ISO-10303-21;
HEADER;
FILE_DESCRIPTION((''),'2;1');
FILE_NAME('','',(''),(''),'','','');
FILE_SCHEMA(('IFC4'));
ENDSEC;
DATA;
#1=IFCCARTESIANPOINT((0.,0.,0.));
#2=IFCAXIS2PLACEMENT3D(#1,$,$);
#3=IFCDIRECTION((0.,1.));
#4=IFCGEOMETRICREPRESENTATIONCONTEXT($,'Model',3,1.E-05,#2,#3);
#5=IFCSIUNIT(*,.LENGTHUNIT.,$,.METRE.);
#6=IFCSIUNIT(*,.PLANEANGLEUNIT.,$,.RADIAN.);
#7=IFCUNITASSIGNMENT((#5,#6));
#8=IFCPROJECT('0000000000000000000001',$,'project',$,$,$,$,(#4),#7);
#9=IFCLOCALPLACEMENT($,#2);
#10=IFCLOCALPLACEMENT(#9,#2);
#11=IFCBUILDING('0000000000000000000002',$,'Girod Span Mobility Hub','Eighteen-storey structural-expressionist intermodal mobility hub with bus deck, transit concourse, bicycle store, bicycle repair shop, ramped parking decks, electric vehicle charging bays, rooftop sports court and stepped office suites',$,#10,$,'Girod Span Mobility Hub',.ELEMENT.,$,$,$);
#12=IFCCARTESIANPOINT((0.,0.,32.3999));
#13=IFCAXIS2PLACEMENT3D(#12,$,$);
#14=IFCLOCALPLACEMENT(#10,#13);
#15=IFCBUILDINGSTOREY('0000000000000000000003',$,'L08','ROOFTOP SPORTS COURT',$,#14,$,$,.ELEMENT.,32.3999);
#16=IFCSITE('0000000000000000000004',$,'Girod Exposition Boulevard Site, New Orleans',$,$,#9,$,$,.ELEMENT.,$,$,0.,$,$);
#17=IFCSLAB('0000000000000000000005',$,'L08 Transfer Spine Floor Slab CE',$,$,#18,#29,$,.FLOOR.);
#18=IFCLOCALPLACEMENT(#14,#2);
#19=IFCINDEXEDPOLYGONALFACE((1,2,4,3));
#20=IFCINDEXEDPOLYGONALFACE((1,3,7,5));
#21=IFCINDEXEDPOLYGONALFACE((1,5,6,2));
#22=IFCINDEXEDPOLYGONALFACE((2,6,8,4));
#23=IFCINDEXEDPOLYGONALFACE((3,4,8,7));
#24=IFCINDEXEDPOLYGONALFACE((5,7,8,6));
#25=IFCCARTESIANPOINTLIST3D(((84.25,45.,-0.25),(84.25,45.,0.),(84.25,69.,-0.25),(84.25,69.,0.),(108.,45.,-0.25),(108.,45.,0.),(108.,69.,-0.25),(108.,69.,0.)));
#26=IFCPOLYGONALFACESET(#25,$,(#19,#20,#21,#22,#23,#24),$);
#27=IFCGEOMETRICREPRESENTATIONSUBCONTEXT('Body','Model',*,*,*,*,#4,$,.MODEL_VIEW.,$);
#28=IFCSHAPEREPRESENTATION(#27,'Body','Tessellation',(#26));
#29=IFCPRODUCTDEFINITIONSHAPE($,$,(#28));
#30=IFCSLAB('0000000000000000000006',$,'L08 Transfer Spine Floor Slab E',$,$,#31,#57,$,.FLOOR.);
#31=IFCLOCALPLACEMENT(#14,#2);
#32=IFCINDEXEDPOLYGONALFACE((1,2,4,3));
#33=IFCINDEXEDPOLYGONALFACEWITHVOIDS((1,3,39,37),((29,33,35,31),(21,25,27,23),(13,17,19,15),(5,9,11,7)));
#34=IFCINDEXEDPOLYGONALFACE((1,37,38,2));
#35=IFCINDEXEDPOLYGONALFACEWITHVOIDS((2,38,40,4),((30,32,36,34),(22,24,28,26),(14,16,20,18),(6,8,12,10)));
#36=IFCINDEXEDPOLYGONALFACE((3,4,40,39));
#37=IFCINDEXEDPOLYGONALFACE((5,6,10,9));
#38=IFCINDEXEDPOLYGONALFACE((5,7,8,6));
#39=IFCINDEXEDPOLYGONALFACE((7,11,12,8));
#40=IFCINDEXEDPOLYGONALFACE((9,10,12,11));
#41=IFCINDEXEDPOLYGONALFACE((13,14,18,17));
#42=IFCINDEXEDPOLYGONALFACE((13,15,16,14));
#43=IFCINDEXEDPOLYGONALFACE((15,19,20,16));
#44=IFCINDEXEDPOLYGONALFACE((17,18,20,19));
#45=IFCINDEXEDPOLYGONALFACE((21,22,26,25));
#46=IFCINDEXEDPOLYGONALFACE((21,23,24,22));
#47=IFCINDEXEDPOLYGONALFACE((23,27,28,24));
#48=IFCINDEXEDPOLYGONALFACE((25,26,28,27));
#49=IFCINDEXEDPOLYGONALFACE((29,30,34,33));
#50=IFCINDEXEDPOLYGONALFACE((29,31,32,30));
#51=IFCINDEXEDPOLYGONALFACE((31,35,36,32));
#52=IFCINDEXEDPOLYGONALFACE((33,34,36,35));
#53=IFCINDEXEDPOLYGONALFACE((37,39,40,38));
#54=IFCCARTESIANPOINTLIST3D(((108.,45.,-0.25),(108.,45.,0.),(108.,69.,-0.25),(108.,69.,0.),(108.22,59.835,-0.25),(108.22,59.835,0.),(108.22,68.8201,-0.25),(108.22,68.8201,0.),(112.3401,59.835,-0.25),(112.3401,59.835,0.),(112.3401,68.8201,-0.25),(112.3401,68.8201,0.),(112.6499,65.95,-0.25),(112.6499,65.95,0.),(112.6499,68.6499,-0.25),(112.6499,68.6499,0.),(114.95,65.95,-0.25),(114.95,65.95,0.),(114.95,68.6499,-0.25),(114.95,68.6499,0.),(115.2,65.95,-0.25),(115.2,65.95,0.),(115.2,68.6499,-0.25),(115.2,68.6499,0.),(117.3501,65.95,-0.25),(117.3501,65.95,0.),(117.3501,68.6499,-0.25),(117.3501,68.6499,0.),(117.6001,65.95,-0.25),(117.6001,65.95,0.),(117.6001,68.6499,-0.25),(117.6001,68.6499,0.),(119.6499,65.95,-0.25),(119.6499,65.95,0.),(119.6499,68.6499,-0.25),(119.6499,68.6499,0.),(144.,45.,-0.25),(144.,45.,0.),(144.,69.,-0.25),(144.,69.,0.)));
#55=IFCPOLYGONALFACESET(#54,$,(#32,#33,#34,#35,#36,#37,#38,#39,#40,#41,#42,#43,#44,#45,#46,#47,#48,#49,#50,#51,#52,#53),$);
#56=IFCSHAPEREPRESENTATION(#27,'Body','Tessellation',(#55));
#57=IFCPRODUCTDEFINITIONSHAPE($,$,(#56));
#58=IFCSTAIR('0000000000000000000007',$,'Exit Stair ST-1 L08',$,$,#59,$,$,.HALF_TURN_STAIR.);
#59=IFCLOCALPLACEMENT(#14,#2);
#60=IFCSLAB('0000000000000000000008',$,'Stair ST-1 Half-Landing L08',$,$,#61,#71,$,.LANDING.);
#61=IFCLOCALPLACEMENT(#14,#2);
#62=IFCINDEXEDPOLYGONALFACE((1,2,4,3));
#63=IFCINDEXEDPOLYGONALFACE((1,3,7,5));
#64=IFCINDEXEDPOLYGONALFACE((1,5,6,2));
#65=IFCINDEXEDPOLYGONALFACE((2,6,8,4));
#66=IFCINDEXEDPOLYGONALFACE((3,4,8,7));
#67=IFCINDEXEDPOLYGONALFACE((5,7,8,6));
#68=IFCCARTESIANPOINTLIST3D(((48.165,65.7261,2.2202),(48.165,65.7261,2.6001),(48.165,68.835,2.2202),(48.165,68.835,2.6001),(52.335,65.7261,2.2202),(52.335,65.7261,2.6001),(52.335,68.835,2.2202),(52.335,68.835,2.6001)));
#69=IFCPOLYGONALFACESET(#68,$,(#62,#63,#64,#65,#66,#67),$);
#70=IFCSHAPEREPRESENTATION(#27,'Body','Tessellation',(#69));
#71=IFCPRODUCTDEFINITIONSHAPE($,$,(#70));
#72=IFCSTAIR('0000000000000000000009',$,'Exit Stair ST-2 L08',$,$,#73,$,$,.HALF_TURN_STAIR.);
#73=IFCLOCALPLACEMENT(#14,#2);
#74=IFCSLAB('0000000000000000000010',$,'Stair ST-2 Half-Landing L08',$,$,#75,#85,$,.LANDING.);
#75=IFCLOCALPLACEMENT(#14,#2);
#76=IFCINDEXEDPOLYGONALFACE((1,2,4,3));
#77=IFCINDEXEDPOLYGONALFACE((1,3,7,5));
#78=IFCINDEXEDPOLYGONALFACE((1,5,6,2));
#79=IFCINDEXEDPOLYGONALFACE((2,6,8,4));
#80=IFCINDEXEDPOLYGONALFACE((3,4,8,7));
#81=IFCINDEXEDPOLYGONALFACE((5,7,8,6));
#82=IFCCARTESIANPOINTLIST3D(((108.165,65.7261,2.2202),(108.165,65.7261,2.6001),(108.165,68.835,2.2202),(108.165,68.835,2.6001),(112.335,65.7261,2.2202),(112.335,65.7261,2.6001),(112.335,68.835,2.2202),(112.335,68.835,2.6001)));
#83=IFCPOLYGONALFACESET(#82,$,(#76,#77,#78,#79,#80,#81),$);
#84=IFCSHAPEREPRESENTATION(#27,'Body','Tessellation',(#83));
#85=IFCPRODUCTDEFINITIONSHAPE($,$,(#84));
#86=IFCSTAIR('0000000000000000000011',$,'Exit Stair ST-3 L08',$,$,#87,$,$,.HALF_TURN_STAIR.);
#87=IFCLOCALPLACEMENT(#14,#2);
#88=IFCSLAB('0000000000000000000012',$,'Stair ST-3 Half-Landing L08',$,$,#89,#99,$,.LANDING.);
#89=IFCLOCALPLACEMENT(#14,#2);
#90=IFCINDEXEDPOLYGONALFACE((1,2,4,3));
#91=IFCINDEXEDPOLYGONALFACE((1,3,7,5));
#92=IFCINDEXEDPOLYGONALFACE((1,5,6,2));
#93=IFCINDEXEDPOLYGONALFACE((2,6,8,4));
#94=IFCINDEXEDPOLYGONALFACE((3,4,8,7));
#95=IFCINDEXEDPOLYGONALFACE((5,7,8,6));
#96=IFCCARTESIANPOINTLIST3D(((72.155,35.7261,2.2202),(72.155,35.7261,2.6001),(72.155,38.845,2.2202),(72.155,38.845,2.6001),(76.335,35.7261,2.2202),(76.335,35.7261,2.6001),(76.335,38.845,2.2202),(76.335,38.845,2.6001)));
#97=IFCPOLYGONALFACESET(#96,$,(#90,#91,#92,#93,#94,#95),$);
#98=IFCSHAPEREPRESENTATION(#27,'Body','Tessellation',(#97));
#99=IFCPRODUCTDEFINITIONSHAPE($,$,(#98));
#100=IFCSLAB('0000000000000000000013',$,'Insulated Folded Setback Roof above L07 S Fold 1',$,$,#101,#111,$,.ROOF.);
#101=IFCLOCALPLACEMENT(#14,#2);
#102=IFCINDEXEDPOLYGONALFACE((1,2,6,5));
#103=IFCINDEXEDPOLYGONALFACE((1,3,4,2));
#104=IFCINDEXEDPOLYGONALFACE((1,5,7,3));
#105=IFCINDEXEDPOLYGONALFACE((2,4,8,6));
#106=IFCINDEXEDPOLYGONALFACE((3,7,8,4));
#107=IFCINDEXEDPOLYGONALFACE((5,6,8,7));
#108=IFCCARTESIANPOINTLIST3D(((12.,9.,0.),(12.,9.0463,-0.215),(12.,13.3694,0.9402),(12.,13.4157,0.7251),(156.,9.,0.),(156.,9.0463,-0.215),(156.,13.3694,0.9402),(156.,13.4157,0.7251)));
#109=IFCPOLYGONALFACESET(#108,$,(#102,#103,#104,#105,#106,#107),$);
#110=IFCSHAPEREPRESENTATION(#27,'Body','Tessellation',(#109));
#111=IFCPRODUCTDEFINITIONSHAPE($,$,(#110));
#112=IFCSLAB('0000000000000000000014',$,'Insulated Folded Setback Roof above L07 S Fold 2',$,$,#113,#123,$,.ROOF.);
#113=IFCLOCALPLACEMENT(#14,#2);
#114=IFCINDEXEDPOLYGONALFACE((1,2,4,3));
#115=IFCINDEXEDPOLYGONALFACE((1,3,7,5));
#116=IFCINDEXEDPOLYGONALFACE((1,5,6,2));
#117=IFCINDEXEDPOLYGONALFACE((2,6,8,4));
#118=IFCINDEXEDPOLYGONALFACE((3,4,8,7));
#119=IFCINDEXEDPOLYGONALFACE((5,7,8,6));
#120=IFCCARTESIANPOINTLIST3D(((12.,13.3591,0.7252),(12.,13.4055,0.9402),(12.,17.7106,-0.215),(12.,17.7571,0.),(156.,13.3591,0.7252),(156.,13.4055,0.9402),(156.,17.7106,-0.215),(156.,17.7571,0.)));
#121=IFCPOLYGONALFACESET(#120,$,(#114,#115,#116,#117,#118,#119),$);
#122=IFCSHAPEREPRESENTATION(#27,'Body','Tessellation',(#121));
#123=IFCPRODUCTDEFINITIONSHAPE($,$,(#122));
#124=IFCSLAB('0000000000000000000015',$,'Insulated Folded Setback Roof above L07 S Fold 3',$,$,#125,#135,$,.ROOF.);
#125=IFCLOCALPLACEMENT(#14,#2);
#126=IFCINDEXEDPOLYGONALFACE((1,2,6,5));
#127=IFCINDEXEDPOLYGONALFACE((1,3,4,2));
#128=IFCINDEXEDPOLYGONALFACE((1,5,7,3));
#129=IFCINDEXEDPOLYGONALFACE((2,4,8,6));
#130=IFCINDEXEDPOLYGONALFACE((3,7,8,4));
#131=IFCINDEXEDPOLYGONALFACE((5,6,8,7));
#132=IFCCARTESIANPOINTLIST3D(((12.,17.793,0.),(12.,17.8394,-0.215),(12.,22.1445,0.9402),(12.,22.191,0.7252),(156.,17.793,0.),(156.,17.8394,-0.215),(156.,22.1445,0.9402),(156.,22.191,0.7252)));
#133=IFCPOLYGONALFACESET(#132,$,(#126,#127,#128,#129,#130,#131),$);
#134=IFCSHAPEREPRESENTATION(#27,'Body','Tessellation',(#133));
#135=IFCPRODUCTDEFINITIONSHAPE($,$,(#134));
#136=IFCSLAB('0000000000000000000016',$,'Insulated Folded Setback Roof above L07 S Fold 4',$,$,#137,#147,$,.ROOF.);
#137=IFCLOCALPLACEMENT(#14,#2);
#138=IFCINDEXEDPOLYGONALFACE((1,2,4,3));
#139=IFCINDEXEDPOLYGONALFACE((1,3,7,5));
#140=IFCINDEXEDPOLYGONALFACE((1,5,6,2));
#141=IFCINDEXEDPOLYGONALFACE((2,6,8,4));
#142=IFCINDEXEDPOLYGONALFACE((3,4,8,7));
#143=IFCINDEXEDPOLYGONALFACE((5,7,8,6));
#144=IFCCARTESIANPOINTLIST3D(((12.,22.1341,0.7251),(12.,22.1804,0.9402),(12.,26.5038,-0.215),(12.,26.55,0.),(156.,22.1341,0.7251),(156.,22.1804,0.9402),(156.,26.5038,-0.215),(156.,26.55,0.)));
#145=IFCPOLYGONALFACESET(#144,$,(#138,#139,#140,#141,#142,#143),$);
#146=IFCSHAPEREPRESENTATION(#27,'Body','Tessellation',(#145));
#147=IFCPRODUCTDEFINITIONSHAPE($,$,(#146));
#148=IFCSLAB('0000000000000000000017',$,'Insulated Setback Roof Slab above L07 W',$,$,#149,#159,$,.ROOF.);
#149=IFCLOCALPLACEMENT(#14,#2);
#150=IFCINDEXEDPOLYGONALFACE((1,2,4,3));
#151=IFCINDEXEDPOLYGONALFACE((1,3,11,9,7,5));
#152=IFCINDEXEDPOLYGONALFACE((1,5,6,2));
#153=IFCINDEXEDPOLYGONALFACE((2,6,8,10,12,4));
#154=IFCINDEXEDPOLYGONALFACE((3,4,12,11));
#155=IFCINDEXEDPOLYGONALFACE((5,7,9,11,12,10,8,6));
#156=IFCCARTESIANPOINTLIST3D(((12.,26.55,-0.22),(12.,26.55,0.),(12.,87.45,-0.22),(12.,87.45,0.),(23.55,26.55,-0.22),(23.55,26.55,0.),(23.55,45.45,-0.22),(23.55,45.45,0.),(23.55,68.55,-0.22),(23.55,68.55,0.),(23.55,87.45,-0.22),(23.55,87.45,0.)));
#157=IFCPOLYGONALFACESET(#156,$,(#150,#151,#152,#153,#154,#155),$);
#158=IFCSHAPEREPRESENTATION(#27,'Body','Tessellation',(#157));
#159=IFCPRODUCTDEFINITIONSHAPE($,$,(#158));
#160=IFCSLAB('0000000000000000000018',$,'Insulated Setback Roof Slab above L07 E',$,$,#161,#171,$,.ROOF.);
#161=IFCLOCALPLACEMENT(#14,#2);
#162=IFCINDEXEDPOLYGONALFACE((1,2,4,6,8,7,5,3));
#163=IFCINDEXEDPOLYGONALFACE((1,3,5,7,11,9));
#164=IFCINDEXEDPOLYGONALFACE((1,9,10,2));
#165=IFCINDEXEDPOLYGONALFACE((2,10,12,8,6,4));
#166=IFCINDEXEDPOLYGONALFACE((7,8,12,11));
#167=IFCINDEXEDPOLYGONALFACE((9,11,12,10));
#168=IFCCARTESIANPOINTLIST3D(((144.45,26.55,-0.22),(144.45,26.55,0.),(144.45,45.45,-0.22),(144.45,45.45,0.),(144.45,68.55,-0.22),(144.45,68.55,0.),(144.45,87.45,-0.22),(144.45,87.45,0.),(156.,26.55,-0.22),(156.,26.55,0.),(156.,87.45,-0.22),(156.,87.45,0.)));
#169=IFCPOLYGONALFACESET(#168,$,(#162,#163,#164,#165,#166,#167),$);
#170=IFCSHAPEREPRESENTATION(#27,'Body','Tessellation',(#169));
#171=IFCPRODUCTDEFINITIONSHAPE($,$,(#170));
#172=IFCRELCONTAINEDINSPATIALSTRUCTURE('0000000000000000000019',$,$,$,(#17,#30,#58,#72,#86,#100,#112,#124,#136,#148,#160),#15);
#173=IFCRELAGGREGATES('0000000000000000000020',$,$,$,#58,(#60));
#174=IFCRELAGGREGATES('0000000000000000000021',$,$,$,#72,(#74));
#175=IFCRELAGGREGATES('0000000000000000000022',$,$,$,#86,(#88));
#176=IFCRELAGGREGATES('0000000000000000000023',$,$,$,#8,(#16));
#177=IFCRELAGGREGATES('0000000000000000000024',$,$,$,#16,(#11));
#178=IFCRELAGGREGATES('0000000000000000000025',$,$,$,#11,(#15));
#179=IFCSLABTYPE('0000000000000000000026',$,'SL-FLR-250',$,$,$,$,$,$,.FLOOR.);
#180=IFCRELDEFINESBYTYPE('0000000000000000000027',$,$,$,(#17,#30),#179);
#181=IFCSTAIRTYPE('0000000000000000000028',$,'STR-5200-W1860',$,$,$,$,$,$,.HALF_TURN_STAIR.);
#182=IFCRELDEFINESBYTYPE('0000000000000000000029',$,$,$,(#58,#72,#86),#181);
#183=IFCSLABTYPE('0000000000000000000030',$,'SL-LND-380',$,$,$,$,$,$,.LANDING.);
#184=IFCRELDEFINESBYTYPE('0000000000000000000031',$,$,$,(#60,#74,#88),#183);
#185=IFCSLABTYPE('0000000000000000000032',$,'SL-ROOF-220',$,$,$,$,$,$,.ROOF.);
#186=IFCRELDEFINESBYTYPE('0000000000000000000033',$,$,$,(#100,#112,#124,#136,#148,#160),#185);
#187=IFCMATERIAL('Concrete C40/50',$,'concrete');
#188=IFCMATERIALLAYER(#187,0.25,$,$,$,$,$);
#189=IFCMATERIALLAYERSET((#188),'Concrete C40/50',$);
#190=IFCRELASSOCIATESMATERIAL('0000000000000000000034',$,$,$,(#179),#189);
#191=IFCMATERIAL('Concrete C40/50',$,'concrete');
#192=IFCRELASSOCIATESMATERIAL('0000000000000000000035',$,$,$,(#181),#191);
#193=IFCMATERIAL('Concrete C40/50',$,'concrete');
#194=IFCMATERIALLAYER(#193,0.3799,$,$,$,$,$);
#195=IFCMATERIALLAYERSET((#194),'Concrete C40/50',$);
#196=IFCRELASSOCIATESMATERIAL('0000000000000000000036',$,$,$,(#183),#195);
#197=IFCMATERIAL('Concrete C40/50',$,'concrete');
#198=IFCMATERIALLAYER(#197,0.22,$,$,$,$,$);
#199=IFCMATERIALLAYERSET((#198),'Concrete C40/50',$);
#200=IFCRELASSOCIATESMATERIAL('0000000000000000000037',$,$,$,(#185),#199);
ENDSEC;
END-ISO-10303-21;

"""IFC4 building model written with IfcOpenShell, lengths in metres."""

from ifc_helpers import new_model, si_unit, direction, frame, origin, place, context, subcontext, project, spatial, polyline, outline, extrude, material, layer, layer_set, type_object, element, aggregate, save


model = new_model("IFC4")

# Units and contexts
model_context = context("Model", 3, precision=1e-05, world=origin(), true_north=direction((0.0, 1.0)))
body_context = subcontext(model_context, "Body", "Model", "MODEL_VIEW")
ifc_project = project(units=[si_unit("LENGTHUNIT", "METRE"), si_unit("PLANEANGLEUNIT", "RADIAN")], contexts=[model_context])

# Site, building, storey
site_placement = place(None, origin())
site = spatial("IfcSite", under=ifc_project, at=site_placement, Name="Girod Exposition Boulevard Site, New Orleans", CompositionType="ELEMENT", RefElevation=0.0)
building_placement = place(site_placement, origin())
building = spatial("IfcBuilding", under=site, at=building_placement, Name="Girod Span Mobility Hub", Description="Eighteen-storey structural-expressionist intermodal mobility hub with bus deck, transit concourse, bicycle store, bicycle repair shop, ramped parking decks, electric vehicle charging bays, rooftop sports court and stepped office suites", LongName="Girod Span Mobility Hub", CompositionType="ELEMENT")
storey_placement = place(building_placement, frame((0.0, 0.0, 32.3999)))
storey = spatial("IfcBuildingStorey", under=building, at=storey_placement, Name="L08", Description="ROOFTOP SPORTS COURT", CompositionType="ELEMENT", Elevation=32.3999)

# Slabs
ifc_material_1 = material(Name="Concrete C40/50", Category="concrete")
ifc_layer_1 = layer(ifc_material_1, 0.25)
ifc_layer_set_1 = layer_set([ifc_layer_1], Name="Concrete C40/50")
slab_type_1 = type_object("IfcSlabType", Name="SL-FLR-250", PredefinedType="FLOOR", material=ifc_layer_set_1)
slab_1_placement = place(storey_placement, frame((0.0, 0.0, -0.25)))
element("IfcSlab", 1, at=slab_1_placement, inside=storey, type_object=slab_type_1, Name="L08 Transfer Spine Floor Slab CE", PredefinedType="FLOOR", context=body_context, shape_type="SweptSolid", body=[
    extrude(outline(polyline([(84.25, 45.0), (84.25, 69.0), (108.0, 69.0), (108.0, 45.0), (84.25, 45.0)])), origin(), (0.0, 0.0, 1.0), 0.25),
])
slab_2_placement = place(storey_placement, frame((0.0, 0.0, -0.25)))
element("IfcSlab", 2, at=slab_2_placement, inside=storey, type_object=slab_type_1, Name="L08 Transfer Spine Floor Slab E", PredefinedType="FLOOR", context=body_context, shape_type="SweptSolid", body=[
    extrude(outline(polyline([(108.0, 45.0), (108.0, 69.0), (144.0, 69.0), (144.0, 45.0), (108.0, 45.0)]), holes=[polyline([(112.3401, 68.8201), (108.22, 68.8201), (108.22, 59.835), (112.3401, 59.835), (112.3401, 68.8201)]), polyline([(114.95, 68.6499), (112.6499, 68.6499), (112.6499, 65.95), (114.95, 65.95), (114.95, 68.6499)]), polyline([(117.3501, 68.6499), (115.2, 68.6499), (115.2, 65.95), (117.3501, 65.95), (117.3501, 68.6499)]), polyline([(119.6499, 68.6499), (117.6001, 68.6499), (117.6001, 65.95), (119.6499, 65.95), (119.6499, 68.6499)])]), origin(), (0.0, 0.0, 1.0), 0.25),
])

# Stairs, slabs
ifc_material_2 = material(Name="Concrete C40/50", Category="concrete")
stair_type = type_object("IfcStairType", Name="STR-5200-W1860", PredefinedType="HALF_TURN_STAIR", material=ifc_material_2)
stair_1_placement = place(storey_placement, origin())
stair_1 = element("IfcStair", 3, at=stair_1_placement, inside=storey, type_object=stair_type, Name="Exit Stair ST-1 L08", PredefinedType="HALF_TURN_STAIR")
ifc_material_3 = material(Name="Concrete C40/50", Category="concrete")
ifc_layer_2 = layer(ifc_material_3, 0.3799)
ifc_layer_set_2 = layer_set([ifc_layer_2], Name="Concrete C40/50")
slab_type_2 = type_object("IfcSlabType", Name="SL-LND-380", PredefinedType="LANDING", material=ifc_layer_set_2)
slab_3_placement = place(storey_placement, frame((0.0, 0.0, 2.2202)))
slab_3 = element("IfcSlab", 4, at=slab_3_placement, type_object=slab_type_2, Name="Stair ST-1 Half-Landing L08", PredefinedType="LANDING", context=body_context, shape_type="SweptSolid", body=[
    extrude(outline(polyline([(52.335, 65.7261), (52.335, 68.835), (48.165, 68.835), (48.165, 65.7261), (52.335, 65.7261)])), origin(), (0.0, 0.0, 1.0), 0.3799),
])
aggregate(stair_1, [slab_3])
stair_2_placement = place(storey_placement, origin())
stair_2 = element("IfcStair", 5, at=stair_2_placement, inside=storey, type_object=stair_type, Name="Exit Stair ST-2 L08", PredefinedType="HALF_TURN_STAIR")
slab_4_placement = place(storey_placement, frame((0.0, 0.0, 2.2202)))
slab_4 = element("IfcSlab", 6, at=slab_4_placement, type_object=slab_type_2, Name="Stair ST-2 Half-Landing L08", PredefinedType="LANDING", context=body_context, shape_type="SweptSolid", body=[
    extrude(outline(polyline([(112.335, 65.7261), (112.335, 68.835), (108.165, 68.835), (108.165, 65.7261), (112.335, 65.7261)])), origin(), (0.0, 0.0, 1.0), 0.3799),
])
aggregate(stair_2, [slab_4])
stair_3_placement = place(storey_placement, origin())
stair_3 = element("IfcStair", 7, at=stair_3_placement, inside=storey, type_object=stair_type, Name="Exit Stair ST-3 L08", PredefinedType="HALF_TURN_STAIR")
slab_5_placement = place(storey_placement, frame((0.0, 0.0, 2.2202)))
slab_5 = element("IfcSlab", 8, at=slab_5_placement, type_object=slab_type_2, Name="Stair ST-3 Half-Landing L08", PredefinedType="LANDING", context=body_context, shape_type="SweptSolid", body=[
    extrude(outline(polyline([(76.335, 35.7261), (76.335, 38.845), (72.155, 38.845), (72.155, 35.7261), (76.335, 35.7261)])), origin(), (0.0, 0.0, 1.0), 0.3799),
])
aggregate(stair_3, [slab_5])

# Slabs
ifc_material_4 = material(Name="Concrete C40/50", Category="concrete")
ifc_layer_3 = layer(ifc_material_4, 0.22)
ifc_layer_set_3 = layer_set([ifc_layer_3], Name="Concrete C40/50")
slab_type_3 = type_object("IfcSlabType", Name="SL-ROOF-220", PredefinedType="ROOF", material=ifc_layer_set_3)
slab_6_placement = place(storey_placement, frame((12.0, 9.0, 0.0), z_axis=(0.0, -0.210361, 0.977624), x_axis=(1.0, 0.0, 0.0)))
element("IfcSlab", 9, at=slab_6_placement, inside=storey, type_object=slab_type_3, Name="Insulated Folded Setback Roof above L07 S Fold 1", PredefinedType="ROOF", context=body_context, shape_type="SweptSolid", body=[
    extrude(outline(polyline([(0.0, 0.0), (144.0, 0.0), (144.0, 4.4694), (0.0, 4.4694), (0.0, 0.0)])), origin(), (0.0, 0.0, -1.0), 0.22),
])
for number, where, z_axis, x_axis, name in (
    (10, (12.0, 13.4055, 0.9402), (0.0, 0.211184, 0.977446), (1.0, 0.0, 0.0), "Insulated Folded Setback Roof above L07 S Fold 2"),
    (11, (12.0, 17.793, 0.0), (0.0, -0.211184, 0.977446), (1.0, 0.0, 0.0), "Insulated Folded Setback Roof above L07 S Fold 3"),
):
    element("IfcSlab", number, at=place(storey_placement, frame(where, z_axis=z_axis, x_axis=x_axis)), inside=storey, type_object=slab_type_3, Name=name, PredefinedType="ROOF", context=body_context, shape_type="SweptSolid", body=[
        extrude(outline(polyline([(0.0, 0.0), (144.0, 0.0), (144.0, 4.452), (0.0, 4.452), (0.0, 0.0)])), origin(), (0.0, 0.0, -1.0), 0.22),
    ])
slab_7_placement = place(storey_placement, frame((12.0, 22.1804, 0.9402), z_axis=(0.0, 0.21035, 0.977626), x_axis=(1.0, 0.0, 0.0)))
element("IfcSlab", 12, at=slab_7_placement, inside=storey, type_object=slab_type_3, Name="Insulated Folded Setback Roof above L07 S Fold 4", PredefinedType="ROOF", context=body_context, shape_type="SweptSolid", body=[
    extrude(outline(polyline([(0.0, 0.0), (144.0, 0.0), (144.0, 4.4696), (0.0, 4.4696), (0.0, 0.0)])), origin(), (0.0, 0.0, -1.0), 0.22),
])
slab_8_placement = place(storey_placement, frame((0.0, 0.0, -0.22)))
element("IfcSlab", 13, at=slab_8_placement, inside=storey, type_object=slab_type_3, Name="Insulated Setback Roof Slab above L07 W", PredefinedType="ROOF", context=body_context, shape_type="SweptSolid", body=[
    extrude(outline(polyline([(12.0, 87.45), (23.55, 87.45), (23.55, 68.55), (23.55, 45.45), (23.55, 26.55), (12.0, 26.55), (12.0, 87.45)])), origin(), (0.0, 0.0, 1.0), 0.22),
])
slab_9_placement = place(storey_placement, frame((0.0, 0.0, -0.22)))
element("IfcSlab", 14, at=slab_9_placement, inside=storey, type_object=slab_type_3, Name="Insulated Setback Roof Slab above L07 E", PredefinedType="ROOF", context=body_context, shape_type="SweptSolid", body=[
    extrude(outline(polyline([(156.0, 26.55), (144.45, 26.55), (144.45, 45.45), (144.45, 68.55), (144.45, 87.45), (156.0, 87.45), (156.0, 26.55)])), origin(), (0.0, 0.0, 1.0), 0.22),
])

save(model, "model.ifc")
